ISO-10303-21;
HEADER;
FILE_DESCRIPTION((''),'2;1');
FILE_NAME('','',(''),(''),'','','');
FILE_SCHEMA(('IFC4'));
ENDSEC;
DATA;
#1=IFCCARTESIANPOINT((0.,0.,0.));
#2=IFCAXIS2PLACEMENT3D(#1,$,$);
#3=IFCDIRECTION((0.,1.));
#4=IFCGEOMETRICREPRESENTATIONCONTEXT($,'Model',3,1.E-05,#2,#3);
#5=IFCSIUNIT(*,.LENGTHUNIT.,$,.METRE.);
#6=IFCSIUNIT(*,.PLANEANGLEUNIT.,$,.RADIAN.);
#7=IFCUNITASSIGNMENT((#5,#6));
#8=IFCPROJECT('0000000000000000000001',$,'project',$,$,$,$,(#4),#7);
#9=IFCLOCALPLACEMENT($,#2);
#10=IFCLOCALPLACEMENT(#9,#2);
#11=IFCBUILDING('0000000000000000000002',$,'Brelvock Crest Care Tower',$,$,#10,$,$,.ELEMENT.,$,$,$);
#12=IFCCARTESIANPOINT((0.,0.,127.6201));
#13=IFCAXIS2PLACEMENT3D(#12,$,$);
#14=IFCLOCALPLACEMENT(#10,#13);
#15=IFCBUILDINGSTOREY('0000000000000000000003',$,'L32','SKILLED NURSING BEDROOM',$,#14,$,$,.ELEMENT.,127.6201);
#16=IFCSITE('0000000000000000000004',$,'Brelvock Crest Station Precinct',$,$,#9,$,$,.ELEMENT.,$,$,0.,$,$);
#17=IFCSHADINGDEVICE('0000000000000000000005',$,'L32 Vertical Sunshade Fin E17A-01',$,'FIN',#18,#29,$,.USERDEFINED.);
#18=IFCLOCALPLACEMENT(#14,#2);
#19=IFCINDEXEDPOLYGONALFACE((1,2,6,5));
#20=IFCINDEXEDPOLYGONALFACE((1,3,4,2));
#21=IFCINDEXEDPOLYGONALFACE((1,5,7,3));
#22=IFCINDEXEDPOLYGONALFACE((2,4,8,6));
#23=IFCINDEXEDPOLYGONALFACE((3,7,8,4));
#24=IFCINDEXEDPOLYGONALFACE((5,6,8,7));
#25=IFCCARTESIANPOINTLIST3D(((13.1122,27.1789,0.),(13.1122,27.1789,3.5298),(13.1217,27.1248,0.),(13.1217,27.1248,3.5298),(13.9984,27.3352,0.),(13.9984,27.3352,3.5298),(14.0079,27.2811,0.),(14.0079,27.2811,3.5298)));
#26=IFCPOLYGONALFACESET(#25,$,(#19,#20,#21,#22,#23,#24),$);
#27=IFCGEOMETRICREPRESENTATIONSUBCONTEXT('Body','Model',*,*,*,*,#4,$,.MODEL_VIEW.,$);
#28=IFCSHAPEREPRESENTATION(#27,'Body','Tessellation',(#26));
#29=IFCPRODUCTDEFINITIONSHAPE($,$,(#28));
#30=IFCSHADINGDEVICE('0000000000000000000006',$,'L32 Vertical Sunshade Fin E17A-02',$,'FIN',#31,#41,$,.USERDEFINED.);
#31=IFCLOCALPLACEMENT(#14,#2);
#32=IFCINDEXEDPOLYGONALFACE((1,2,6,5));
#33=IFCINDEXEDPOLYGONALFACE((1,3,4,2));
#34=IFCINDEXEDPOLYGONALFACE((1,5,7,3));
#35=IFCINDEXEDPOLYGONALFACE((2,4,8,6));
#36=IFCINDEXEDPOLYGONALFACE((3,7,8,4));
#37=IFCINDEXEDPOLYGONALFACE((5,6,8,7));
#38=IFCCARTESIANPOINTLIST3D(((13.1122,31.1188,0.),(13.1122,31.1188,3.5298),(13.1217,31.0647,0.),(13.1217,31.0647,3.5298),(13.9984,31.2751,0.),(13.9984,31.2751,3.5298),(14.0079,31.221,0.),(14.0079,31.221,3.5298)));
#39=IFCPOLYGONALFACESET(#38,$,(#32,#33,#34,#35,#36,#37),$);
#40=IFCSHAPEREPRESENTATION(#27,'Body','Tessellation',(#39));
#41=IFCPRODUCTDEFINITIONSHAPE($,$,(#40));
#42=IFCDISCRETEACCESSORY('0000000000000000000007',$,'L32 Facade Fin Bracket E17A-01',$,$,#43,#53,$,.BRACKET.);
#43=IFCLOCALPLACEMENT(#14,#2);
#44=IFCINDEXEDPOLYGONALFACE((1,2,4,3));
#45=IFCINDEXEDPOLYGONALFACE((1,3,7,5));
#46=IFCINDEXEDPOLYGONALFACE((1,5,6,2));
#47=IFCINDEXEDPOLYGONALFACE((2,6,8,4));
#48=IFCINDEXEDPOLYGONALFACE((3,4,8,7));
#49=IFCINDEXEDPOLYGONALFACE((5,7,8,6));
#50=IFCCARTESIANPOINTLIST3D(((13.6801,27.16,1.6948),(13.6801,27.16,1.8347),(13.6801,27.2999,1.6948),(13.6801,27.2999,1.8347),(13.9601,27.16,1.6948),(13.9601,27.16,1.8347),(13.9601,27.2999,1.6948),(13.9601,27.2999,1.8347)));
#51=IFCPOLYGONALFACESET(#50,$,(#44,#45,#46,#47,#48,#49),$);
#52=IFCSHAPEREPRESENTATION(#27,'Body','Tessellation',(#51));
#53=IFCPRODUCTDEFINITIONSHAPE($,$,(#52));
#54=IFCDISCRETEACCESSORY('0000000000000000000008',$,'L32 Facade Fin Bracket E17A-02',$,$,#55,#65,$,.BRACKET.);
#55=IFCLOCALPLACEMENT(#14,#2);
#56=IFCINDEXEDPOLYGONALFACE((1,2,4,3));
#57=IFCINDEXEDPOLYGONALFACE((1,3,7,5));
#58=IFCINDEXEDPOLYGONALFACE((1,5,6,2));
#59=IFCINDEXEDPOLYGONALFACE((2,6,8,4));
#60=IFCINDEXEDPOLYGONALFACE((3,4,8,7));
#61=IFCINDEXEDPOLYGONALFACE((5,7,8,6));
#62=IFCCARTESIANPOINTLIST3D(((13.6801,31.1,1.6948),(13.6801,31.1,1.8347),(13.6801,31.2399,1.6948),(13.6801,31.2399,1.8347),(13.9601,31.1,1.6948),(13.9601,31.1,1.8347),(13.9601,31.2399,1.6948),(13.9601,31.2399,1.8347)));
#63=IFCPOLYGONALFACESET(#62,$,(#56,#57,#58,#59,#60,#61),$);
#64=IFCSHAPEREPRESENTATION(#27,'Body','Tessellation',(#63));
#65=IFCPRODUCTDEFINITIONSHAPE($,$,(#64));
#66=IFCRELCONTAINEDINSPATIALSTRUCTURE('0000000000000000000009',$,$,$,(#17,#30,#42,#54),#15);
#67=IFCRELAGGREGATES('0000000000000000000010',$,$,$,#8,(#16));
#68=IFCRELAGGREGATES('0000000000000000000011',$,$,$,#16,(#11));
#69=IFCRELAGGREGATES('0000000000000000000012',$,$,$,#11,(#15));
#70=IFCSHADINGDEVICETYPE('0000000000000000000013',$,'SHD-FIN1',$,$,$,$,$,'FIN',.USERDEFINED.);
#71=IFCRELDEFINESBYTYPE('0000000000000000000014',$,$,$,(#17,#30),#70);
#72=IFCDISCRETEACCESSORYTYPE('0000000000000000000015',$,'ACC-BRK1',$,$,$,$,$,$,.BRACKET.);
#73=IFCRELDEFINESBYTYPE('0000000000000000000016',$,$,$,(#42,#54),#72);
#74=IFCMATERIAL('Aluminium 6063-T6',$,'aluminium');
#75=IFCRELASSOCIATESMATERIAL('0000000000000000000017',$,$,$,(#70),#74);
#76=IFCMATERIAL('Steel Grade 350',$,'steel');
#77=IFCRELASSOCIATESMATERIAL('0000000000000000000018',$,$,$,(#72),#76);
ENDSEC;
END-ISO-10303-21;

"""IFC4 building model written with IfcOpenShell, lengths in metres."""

from ifc_helpers import new_model, si_unit, direction, frame, origin, origin_2d, place, context, subcontext, project, spatial, rectangle, extrude, source, transform, mapped, material, material_profile, profile_set, type_object, element, save


model = new_model("IFC4")

# Units and contexts
model_context = context("Model", 3, precision=1e-05, world=origin(), true_north=direction((0.0, 1.0)))
body_context = subcontext(model_context, "Body", "Model", "MODEL_VIEW")
ifc_project = project(units=[si_unit("LENGTHUNIT", "METRE"), si_unit("PLANEANGLEUNIT", "RADIAN")], contexts=[model_context])

# Site, building, storey
site_placement = place(None, origin())
site = spatial("IfcSite", under=ifc_project, at=site_placement, Name="Brelvock Crest Station Precinct", CompositionType="ELEMENT", RefElevation=0.0)
building_placement = place(site_placement, origin())
building = spatial("IfcBuilding", under=site, at=building_placement, Name="Brelvock Crest Care Tower", CompositionType="ELEMENT")
storey_placement = place(building_placement, frame((0.0, 0.0, 127.6201)))
storey = spatial("IfcBuildingStorey", under=building, at=storey_placement, Name="L32", Description="SKILLED NURSING BEDROOM", CompositionType="ELEMENT", Elevation=127.6201)

# Shared definitions
ifc_material_1 = material(Name="Steel Grade 350", Category="steel")

# Shared definitions
ifc_material_2 = material(Name="Aluminium 6063-T6", Category="aluminium")

# Shading devices
ifc_material_profile_1 = material_profile(ifc_material_2, rectangle(XDim=0.0549, YDim=0.8999, at=origin_2d()), Name="FIN55x900")
ifc_profile_set_1 = profile_set([ifc_material_profile_1], Name="Aluminium 6063-T6")
shading_device_type = type_object("IfcShadingDeviceType", Name="SHD-FIN1", ElementType="FIN", PredefinedType="USERDEFINED", material=ifc_profile_set_1)
shared_shape_1 = source(origin(), body_context, "Body", "SweptSolid", [
    extrude(rectangle(XDim=0.0549, YDim=0.8999, at=origin_2d()), origin(), (0.0, 0.0, 1.0), 3.5298),
])
for number, where, z_axis, x_axis, name in (
    (1, (13.5601, 27.23, 0.0), (0.0, 0.0, 1.0), (-0.173648, 0.984808, 0.0), "L32 Vertical Sunshade Fin E17A-01"),
    (2, (13.5601, 31.1699, 0.0), (0.0, 0.0, 1.0), (-0.173648, 0.984808, 0.0), "L32 Vertical Sunshade Fin E17A-02"),
):
    element("IfcShadingDevice", number, at=place(storey_placement, frame(where, z_axis=z_axis, x_axis=x_axis)), inside=storey, type_object=shading_device_type, Name=name, ObjectType="FIN", PredefinedType="USERDEFINED", context=body_context, shape_type="MappedRepresentation", body=[
        mapped(shared_shape_1, transform((0.0, 0.0, 0.0), x_axis=(1.0, 0.0, 0.0), y_axis=(0.0, 1.0, 0.0), z_axis=(0.0, 0.0, 1.0), scale=1.0)),
    ])

# Discrete accessories
discrete_accessory_type = type_object("IfcDiscreteAccessoryType", Name="ACC-BRK1", PredefinedType="BRACKET", material=ifc_material_1)
shared_shape_2 = source(origin(), body_context, "Body", "SweptSolid", [
    extrude(rectangle(XDim=0.28, YDim=0.1399, at=origin_2d()), origin(), (0.0, 0.0, 1.0), 0.1399),
])
for number, where, z_axis, x_axis, name in (
    (3, (13.8201, 27.23, 1.6948), (0.0, 0.0, 1.0), (-1.0, 0.0, 0.0), "L32 Facade Fin Bracket E17A-01"),
    (4, (13.8201, 31.1699, 1.6948), (0.0, 0.0, 1.0), (-1.0, 0.0, 0.0), "L32 Facade Fin Bracket E17A-02"),
):
    element("IfcDiscreteAccessory", number, at=place(storey_placement, frame(where, z_axis=z_axis, x_axis=x_axis)), inside=storey, type_object=discrete_accessory_type, Name=name, PredefinedType="BRACKET", context=body_context, shape_type="MappedRepresentation", body=[
        mapped(shared_shape_2, transform((0.0, 0.0, 0.0), x_axis=(1.0, 0.0, 0.0), y_axis=(0.0, 1.0, 0.0), z_axis=(0.0, 0.0, 1.0), scale=1.0)),
    ])

save(model, "model.ifc")
